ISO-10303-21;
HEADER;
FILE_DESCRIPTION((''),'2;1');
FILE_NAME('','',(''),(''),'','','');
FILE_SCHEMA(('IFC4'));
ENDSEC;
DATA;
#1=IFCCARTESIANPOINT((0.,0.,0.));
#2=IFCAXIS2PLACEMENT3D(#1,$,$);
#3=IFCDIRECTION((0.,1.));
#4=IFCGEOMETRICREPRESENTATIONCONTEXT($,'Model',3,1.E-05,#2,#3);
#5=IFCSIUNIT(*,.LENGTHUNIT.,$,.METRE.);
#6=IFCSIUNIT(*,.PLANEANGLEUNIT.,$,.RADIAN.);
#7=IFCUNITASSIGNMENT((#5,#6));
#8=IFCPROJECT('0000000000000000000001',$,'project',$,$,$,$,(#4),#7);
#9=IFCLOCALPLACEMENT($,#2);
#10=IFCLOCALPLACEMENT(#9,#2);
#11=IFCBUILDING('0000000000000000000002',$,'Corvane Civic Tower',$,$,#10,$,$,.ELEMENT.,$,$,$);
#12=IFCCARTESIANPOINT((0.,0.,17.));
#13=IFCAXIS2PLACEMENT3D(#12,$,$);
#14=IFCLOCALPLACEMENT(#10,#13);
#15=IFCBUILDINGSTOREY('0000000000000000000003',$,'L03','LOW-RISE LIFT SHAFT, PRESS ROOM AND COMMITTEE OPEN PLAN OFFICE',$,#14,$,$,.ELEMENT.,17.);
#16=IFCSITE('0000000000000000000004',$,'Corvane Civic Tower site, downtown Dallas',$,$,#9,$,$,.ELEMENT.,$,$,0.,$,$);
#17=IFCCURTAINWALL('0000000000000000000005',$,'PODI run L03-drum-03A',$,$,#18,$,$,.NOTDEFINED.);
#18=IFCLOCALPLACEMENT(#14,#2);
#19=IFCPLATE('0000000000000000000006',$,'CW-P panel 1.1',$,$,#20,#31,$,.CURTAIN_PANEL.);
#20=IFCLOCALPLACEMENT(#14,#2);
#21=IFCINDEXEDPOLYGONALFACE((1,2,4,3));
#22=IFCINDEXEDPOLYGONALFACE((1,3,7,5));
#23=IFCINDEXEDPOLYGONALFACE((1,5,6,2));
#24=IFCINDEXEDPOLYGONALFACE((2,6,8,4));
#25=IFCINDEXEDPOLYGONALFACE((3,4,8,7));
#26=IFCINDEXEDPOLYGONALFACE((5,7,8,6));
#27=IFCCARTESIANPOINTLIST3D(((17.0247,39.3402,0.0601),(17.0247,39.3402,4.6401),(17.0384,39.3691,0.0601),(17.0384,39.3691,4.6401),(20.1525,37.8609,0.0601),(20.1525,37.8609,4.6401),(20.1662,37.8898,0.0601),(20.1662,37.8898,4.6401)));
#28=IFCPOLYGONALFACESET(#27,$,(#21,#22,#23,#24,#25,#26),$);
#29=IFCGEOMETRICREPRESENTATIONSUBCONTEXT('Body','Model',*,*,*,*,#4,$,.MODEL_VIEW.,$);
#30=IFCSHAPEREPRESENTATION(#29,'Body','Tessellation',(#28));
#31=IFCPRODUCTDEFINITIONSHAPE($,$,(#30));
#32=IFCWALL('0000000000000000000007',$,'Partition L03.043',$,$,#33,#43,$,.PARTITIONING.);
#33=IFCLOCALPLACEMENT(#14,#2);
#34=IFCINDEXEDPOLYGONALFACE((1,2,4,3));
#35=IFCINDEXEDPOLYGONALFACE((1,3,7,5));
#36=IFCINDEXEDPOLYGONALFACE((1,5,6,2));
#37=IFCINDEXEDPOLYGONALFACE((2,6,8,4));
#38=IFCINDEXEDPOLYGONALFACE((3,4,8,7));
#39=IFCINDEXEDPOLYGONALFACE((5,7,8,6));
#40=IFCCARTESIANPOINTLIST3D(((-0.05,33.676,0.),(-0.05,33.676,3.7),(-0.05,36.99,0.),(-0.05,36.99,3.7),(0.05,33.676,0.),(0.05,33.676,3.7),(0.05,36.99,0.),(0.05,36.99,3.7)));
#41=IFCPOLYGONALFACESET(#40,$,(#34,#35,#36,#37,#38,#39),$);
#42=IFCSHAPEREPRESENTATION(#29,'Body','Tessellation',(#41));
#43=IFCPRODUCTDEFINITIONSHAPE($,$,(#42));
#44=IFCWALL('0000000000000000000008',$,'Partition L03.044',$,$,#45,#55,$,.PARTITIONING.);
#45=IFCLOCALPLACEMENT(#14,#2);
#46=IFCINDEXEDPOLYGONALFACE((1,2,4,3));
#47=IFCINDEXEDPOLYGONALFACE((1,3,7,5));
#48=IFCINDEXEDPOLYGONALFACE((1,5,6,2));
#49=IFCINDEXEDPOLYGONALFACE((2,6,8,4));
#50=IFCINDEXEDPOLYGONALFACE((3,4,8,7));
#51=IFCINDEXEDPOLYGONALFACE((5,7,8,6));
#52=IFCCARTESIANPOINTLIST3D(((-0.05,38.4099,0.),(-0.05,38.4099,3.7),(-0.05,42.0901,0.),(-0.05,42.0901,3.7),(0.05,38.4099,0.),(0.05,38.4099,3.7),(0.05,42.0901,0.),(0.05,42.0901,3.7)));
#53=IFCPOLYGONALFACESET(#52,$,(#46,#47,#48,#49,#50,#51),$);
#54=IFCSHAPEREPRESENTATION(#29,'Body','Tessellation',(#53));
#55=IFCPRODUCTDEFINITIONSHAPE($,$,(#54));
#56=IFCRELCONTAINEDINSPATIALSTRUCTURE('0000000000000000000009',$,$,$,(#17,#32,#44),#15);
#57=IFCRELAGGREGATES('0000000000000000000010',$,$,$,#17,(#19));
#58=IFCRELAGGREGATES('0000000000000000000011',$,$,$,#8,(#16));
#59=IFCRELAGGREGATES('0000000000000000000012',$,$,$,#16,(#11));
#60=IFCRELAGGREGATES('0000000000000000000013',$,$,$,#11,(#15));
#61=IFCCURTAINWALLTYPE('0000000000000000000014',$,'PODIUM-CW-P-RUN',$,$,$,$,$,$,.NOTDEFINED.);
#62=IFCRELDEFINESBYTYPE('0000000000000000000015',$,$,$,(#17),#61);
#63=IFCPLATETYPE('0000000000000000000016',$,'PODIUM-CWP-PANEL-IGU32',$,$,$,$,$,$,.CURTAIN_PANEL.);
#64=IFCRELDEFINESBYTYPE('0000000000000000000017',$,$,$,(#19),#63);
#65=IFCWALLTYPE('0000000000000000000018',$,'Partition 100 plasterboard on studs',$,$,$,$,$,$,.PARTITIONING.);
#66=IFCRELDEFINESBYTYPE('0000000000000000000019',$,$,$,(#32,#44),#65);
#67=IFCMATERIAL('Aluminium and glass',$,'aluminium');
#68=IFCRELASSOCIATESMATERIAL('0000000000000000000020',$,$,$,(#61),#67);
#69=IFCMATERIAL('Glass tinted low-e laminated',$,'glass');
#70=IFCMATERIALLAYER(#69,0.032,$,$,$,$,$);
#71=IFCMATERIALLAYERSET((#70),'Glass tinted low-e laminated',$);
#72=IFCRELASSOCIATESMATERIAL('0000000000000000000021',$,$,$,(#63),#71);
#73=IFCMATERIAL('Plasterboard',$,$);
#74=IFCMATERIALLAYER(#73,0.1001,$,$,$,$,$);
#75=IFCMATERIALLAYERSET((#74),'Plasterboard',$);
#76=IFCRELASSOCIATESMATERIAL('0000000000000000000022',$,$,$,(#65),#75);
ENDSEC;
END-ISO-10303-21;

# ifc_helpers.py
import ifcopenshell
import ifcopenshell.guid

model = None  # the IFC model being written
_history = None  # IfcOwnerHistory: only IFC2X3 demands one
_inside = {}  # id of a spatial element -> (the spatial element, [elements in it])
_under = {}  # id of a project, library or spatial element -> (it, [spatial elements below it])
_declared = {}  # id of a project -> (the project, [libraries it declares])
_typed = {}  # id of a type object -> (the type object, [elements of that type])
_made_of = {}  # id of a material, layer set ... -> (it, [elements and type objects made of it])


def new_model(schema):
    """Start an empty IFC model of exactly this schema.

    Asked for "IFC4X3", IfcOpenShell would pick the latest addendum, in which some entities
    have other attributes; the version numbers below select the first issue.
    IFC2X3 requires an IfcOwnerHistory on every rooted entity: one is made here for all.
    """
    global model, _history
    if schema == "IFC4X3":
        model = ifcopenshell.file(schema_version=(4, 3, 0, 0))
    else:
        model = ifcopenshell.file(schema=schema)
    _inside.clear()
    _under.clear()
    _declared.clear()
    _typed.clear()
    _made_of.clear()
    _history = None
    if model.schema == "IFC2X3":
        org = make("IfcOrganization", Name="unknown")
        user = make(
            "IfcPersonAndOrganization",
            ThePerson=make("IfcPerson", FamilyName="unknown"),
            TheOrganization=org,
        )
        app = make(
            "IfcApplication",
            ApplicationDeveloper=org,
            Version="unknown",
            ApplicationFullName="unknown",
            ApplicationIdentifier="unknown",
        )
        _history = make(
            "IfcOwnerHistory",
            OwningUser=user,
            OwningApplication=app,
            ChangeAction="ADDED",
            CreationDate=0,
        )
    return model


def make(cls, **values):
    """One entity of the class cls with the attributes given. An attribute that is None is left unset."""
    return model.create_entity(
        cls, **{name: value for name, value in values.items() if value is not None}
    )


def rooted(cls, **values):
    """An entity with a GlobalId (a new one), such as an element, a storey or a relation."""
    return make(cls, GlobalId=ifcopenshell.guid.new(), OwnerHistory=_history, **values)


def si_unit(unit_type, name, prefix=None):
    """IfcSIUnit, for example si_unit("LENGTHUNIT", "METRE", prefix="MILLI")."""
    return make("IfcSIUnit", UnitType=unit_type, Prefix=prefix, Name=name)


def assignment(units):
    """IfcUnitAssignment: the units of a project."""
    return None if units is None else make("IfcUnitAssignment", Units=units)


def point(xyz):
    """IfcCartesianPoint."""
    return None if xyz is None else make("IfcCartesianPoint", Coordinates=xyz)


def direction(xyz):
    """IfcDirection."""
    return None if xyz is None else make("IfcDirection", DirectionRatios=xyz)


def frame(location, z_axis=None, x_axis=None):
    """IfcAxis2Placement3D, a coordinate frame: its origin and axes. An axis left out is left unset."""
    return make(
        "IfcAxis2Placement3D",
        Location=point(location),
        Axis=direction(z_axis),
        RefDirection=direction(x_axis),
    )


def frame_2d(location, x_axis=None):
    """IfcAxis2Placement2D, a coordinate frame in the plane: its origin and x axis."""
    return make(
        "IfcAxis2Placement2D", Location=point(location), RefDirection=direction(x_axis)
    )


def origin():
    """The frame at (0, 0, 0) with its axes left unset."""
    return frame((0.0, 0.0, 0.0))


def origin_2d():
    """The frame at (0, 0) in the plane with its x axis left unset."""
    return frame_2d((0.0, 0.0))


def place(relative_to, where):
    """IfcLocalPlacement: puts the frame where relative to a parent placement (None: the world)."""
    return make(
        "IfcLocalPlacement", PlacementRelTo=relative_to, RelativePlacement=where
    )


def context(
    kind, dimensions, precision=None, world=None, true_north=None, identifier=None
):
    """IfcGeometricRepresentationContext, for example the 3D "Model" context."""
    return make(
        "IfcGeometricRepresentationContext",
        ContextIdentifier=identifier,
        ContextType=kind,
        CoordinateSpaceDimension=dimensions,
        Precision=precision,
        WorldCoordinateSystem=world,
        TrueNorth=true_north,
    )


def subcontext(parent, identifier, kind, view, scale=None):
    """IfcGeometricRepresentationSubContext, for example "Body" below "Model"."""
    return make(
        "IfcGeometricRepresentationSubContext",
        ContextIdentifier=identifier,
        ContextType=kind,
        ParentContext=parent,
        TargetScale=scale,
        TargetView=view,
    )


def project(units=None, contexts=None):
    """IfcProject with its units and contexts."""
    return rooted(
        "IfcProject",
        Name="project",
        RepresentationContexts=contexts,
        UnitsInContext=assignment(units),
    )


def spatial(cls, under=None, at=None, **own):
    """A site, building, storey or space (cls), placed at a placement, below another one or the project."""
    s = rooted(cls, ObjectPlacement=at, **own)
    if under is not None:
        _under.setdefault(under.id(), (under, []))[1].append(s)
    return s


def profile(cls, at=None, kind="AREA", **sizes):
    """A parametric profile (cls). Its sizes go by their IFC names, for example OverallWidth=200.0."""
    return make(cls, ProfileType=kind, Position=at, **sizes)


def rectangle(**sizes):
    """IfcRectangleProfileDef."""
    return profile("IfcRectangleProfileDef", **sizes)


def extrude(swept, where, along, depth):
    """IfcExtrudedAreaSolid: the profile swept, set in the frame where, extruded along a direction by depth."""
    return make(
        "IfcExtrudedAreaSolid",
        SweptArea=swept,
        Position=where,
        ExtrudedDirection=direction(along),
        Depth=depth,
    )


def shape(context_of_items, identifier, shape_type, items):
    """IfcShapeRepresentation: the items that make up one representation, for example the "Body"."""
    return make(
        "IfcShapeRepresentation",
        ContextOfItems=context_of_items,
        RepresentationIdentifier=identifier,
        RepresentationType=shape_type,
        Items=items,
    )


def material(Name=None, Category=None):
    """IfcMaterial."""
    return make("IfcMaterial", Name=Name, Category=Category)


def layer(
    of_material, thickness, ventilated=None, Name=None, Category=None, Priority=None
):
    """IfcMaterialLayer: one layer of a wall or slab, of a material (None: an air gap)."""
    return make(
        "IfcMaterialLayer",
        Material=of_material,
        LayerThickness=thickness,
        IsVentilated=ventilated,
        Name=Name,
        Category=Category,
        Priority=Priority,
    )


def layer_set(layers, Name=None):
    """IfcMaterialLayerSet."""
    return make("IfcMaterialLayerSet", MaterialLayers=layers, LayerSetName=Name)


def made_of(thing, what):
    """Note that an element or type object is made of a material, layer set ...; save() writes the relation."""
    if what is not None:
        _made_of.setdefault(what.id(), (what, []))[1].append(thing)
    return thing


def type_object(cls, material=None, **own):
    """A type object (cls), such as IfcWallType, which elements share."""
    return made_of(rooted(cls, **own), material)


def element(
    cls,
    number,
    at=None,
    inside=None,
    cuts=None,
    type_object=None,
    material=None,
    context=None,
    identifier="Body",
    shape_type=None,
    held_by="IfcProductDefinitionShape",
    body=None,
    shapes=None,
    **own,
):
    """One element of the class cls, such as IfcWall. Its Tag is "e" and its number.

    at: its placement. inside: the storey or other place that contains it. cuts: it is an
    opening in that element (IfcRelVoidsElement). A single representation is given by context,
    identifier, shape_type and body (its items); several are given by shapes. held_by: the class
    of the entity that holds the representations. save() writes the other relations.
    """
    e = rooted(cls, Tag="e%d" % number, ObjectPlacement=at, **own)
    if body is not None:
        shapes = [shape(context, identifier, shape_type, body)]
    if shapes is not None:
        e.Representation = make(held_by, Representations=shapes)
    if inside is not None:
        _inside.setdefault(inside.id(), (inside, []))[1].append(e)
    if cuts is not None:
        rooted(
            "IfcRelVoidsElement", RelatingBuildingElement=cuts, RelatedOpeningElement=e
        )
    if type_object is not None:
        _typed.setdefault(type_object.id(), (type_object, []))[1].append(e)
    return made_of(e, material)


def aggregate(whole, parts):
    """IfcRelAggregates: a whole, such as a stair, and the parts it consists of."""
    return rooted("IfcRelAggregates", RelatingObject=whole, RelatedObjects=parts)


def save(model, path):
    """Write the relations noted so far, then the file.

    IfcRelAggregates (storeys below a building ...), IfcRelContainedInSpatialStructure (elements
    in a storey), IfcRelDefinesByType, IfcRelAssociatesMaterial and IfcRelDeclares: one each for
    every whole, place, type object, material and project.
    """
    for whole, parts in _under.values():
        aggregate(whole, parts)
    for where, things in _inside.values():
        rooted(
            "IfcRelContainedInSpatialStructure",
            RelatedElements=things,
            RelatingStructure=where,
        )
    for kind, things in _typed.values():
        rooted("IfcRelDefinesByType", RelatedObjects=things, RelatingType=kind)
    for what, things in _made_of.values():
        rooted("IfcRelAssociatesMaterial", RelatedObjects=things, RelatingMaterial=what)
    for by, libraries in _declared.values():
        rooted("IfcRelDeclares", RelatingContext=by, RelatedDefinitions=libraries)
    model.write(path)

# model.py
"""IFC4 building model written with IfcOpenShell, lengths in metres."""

from ifc_helpers import new_model, si_unit, direction, frame, frame_2d, origin, origin_2d, place, context, subcontext, project, spatial, rectangle, extrude, material, layer, layer_set, type_object, element, aggregate, save


model = new_model("IFC4")

# Units and contexts
model_context = context("Model", 3, precision=1e-05, world=origin(), true_north=direction((0.0, 1.0)))
body_context = subcontext(model_context, "Body", "Model", "MODEL_VIEW")
ifc_project = project(units=[si_unit("LENGTHUNIT", "METRE"), si_unit("PLANEANGLEUNIT", "RADIAN")], contexts=[model_context])

# Site, building, storey
site_placement = place(None, origin())
site = spatial("IfcSite", under=ifc_project, at=site_placement, Name="Corvane Civic Tower site, downtown Dallas", CompositionType="ELEMENT", RefElevation=0.0)
building_placement = place(site_placement, origin())
building = spatial("IfcBuilding", under=site, at=building_placement, Name="Corvane Civic Tower", CompositionType="ELEMENT")
storey_placement = place(building_placement, frame((0.0, 0.0, 17.0)))
storey = spatial("IfcBuildingStorey", under=building, at=storey_placement, Name="L03", Description="LOW-RISE LIFT SHAFT, PRESS ROOM AND COMMITTEE OPEN PLAN OFFICE", CompositionType="ELEMENT", Elevation=17.0)

# Curtain wall
ifc_material_1 = material(Name="Aluminium and glass", Category="aluminium")
curtain_wall_type = type_object("IfcCurtainWallType", Name="PODIUM-CW-P-RUN", PredefinedType="NOTDEFINED", material=ifc_material_1)
curtain_wall_1_placement = place(storey_placement, origin())
curtain_wall_1 = element("IfcCurtainWall", 1, at=curtain_wall_1_placement, inside=storey, type_object=curtain_wall_type, Name="PODI run L03-drum-03A", PredefinedType="NOTDEFINED")

# Plate
ifc_material_2 = material(Name="Glass tinted low-e laminated", Category="glass")
ifc_layer_1 = layer(ifc_material_2, 0.032)
ifc_layer_set_1 = layer_set([ifc_layer_1], Name="Glass tinted low-e laminated")
plate_type = type_object("IfcPlateType", Name="PODIUM-CWP-PANEL-IGU32", PredefinedType="CURTAIN_PANEL", material=ifc_layer_set_1)
plate_1_placement = place(storey_placement, frame((18.5955, 38.615, 0.0601), z_axis=(0.0, 0.0, 1.0), x_axis=(0.90399, -0.427553, 0.0)))
plate_1 = element("IfcPlate", 2, at=plate_1_placement, type_object=plate_type, Name="CW-P panel 1.1", PredefinedType="CURTAIN_PANEL", context=body_context, shape_type="SweptSolid", body=[
    extrude(rectangle(XDim=3.46, YDim=0.032, at=origin_2d()), origin(), (0.0, 0.0, 1.0), 4.5801),
])
aggregate(curtain_wall_1, [plate_1])

# Walls
ifc_material_3 = material(Name="Plasterboard")
ifc_layer_2 = layer(ifc_material_3, 0.1001)
ifc_layer_set_2 = layer_set([ifc_layer_2], Name="Plasterboard")
wall_type_1 = type_object("IfcWallType", Name="Partition 100 plasterboard on studs", PredefinedType="PARTITIONING", material=ifc_layer_set_2)
wall_1_placement = place(storey_placement, frame((0.0, 33.676, 0.0), z_axis=(0.0, 0.0, 1.0), x_axis=(0.0, 1.0, 0.0)))
element("IfcWall", 3, at=wall_1_placement, inside=storey, type_object=wall_type_1, Name="Partition L03.043", PredefinedType="PARTITIONING", context=body_context, shape_type="SweptSolid", body=[
    extrude(rectangle(XDim=3.314, YDim=0.1001, at=frame_2d((1.657, 0.0))), origin(), (0.0, 0.0, 1.0), 3.7),
])
wall_2_placement = place(storey_placement, frame((0.0, 38.4099, 0.0), z_axis=(0.0, 0.0, 1.0), x_axis=(0.0, 1.0, 0.0)))
element("IfcWall", 4, at=wall_2_placement, inside=storey, type_object=wall_type_1, Name="Partition L03.044", PredefinedType="PARTITIONING", context=body_context, shape_type="SweptSolid", body=[
    extrude(rectangle(XDim=3.6802, YDim=0.1001, at=frame_2d((1.8401, 0.0))), origin(), (0.0, 0.0, 1.0), 3.7),
])

save(model, "model.ifc")
